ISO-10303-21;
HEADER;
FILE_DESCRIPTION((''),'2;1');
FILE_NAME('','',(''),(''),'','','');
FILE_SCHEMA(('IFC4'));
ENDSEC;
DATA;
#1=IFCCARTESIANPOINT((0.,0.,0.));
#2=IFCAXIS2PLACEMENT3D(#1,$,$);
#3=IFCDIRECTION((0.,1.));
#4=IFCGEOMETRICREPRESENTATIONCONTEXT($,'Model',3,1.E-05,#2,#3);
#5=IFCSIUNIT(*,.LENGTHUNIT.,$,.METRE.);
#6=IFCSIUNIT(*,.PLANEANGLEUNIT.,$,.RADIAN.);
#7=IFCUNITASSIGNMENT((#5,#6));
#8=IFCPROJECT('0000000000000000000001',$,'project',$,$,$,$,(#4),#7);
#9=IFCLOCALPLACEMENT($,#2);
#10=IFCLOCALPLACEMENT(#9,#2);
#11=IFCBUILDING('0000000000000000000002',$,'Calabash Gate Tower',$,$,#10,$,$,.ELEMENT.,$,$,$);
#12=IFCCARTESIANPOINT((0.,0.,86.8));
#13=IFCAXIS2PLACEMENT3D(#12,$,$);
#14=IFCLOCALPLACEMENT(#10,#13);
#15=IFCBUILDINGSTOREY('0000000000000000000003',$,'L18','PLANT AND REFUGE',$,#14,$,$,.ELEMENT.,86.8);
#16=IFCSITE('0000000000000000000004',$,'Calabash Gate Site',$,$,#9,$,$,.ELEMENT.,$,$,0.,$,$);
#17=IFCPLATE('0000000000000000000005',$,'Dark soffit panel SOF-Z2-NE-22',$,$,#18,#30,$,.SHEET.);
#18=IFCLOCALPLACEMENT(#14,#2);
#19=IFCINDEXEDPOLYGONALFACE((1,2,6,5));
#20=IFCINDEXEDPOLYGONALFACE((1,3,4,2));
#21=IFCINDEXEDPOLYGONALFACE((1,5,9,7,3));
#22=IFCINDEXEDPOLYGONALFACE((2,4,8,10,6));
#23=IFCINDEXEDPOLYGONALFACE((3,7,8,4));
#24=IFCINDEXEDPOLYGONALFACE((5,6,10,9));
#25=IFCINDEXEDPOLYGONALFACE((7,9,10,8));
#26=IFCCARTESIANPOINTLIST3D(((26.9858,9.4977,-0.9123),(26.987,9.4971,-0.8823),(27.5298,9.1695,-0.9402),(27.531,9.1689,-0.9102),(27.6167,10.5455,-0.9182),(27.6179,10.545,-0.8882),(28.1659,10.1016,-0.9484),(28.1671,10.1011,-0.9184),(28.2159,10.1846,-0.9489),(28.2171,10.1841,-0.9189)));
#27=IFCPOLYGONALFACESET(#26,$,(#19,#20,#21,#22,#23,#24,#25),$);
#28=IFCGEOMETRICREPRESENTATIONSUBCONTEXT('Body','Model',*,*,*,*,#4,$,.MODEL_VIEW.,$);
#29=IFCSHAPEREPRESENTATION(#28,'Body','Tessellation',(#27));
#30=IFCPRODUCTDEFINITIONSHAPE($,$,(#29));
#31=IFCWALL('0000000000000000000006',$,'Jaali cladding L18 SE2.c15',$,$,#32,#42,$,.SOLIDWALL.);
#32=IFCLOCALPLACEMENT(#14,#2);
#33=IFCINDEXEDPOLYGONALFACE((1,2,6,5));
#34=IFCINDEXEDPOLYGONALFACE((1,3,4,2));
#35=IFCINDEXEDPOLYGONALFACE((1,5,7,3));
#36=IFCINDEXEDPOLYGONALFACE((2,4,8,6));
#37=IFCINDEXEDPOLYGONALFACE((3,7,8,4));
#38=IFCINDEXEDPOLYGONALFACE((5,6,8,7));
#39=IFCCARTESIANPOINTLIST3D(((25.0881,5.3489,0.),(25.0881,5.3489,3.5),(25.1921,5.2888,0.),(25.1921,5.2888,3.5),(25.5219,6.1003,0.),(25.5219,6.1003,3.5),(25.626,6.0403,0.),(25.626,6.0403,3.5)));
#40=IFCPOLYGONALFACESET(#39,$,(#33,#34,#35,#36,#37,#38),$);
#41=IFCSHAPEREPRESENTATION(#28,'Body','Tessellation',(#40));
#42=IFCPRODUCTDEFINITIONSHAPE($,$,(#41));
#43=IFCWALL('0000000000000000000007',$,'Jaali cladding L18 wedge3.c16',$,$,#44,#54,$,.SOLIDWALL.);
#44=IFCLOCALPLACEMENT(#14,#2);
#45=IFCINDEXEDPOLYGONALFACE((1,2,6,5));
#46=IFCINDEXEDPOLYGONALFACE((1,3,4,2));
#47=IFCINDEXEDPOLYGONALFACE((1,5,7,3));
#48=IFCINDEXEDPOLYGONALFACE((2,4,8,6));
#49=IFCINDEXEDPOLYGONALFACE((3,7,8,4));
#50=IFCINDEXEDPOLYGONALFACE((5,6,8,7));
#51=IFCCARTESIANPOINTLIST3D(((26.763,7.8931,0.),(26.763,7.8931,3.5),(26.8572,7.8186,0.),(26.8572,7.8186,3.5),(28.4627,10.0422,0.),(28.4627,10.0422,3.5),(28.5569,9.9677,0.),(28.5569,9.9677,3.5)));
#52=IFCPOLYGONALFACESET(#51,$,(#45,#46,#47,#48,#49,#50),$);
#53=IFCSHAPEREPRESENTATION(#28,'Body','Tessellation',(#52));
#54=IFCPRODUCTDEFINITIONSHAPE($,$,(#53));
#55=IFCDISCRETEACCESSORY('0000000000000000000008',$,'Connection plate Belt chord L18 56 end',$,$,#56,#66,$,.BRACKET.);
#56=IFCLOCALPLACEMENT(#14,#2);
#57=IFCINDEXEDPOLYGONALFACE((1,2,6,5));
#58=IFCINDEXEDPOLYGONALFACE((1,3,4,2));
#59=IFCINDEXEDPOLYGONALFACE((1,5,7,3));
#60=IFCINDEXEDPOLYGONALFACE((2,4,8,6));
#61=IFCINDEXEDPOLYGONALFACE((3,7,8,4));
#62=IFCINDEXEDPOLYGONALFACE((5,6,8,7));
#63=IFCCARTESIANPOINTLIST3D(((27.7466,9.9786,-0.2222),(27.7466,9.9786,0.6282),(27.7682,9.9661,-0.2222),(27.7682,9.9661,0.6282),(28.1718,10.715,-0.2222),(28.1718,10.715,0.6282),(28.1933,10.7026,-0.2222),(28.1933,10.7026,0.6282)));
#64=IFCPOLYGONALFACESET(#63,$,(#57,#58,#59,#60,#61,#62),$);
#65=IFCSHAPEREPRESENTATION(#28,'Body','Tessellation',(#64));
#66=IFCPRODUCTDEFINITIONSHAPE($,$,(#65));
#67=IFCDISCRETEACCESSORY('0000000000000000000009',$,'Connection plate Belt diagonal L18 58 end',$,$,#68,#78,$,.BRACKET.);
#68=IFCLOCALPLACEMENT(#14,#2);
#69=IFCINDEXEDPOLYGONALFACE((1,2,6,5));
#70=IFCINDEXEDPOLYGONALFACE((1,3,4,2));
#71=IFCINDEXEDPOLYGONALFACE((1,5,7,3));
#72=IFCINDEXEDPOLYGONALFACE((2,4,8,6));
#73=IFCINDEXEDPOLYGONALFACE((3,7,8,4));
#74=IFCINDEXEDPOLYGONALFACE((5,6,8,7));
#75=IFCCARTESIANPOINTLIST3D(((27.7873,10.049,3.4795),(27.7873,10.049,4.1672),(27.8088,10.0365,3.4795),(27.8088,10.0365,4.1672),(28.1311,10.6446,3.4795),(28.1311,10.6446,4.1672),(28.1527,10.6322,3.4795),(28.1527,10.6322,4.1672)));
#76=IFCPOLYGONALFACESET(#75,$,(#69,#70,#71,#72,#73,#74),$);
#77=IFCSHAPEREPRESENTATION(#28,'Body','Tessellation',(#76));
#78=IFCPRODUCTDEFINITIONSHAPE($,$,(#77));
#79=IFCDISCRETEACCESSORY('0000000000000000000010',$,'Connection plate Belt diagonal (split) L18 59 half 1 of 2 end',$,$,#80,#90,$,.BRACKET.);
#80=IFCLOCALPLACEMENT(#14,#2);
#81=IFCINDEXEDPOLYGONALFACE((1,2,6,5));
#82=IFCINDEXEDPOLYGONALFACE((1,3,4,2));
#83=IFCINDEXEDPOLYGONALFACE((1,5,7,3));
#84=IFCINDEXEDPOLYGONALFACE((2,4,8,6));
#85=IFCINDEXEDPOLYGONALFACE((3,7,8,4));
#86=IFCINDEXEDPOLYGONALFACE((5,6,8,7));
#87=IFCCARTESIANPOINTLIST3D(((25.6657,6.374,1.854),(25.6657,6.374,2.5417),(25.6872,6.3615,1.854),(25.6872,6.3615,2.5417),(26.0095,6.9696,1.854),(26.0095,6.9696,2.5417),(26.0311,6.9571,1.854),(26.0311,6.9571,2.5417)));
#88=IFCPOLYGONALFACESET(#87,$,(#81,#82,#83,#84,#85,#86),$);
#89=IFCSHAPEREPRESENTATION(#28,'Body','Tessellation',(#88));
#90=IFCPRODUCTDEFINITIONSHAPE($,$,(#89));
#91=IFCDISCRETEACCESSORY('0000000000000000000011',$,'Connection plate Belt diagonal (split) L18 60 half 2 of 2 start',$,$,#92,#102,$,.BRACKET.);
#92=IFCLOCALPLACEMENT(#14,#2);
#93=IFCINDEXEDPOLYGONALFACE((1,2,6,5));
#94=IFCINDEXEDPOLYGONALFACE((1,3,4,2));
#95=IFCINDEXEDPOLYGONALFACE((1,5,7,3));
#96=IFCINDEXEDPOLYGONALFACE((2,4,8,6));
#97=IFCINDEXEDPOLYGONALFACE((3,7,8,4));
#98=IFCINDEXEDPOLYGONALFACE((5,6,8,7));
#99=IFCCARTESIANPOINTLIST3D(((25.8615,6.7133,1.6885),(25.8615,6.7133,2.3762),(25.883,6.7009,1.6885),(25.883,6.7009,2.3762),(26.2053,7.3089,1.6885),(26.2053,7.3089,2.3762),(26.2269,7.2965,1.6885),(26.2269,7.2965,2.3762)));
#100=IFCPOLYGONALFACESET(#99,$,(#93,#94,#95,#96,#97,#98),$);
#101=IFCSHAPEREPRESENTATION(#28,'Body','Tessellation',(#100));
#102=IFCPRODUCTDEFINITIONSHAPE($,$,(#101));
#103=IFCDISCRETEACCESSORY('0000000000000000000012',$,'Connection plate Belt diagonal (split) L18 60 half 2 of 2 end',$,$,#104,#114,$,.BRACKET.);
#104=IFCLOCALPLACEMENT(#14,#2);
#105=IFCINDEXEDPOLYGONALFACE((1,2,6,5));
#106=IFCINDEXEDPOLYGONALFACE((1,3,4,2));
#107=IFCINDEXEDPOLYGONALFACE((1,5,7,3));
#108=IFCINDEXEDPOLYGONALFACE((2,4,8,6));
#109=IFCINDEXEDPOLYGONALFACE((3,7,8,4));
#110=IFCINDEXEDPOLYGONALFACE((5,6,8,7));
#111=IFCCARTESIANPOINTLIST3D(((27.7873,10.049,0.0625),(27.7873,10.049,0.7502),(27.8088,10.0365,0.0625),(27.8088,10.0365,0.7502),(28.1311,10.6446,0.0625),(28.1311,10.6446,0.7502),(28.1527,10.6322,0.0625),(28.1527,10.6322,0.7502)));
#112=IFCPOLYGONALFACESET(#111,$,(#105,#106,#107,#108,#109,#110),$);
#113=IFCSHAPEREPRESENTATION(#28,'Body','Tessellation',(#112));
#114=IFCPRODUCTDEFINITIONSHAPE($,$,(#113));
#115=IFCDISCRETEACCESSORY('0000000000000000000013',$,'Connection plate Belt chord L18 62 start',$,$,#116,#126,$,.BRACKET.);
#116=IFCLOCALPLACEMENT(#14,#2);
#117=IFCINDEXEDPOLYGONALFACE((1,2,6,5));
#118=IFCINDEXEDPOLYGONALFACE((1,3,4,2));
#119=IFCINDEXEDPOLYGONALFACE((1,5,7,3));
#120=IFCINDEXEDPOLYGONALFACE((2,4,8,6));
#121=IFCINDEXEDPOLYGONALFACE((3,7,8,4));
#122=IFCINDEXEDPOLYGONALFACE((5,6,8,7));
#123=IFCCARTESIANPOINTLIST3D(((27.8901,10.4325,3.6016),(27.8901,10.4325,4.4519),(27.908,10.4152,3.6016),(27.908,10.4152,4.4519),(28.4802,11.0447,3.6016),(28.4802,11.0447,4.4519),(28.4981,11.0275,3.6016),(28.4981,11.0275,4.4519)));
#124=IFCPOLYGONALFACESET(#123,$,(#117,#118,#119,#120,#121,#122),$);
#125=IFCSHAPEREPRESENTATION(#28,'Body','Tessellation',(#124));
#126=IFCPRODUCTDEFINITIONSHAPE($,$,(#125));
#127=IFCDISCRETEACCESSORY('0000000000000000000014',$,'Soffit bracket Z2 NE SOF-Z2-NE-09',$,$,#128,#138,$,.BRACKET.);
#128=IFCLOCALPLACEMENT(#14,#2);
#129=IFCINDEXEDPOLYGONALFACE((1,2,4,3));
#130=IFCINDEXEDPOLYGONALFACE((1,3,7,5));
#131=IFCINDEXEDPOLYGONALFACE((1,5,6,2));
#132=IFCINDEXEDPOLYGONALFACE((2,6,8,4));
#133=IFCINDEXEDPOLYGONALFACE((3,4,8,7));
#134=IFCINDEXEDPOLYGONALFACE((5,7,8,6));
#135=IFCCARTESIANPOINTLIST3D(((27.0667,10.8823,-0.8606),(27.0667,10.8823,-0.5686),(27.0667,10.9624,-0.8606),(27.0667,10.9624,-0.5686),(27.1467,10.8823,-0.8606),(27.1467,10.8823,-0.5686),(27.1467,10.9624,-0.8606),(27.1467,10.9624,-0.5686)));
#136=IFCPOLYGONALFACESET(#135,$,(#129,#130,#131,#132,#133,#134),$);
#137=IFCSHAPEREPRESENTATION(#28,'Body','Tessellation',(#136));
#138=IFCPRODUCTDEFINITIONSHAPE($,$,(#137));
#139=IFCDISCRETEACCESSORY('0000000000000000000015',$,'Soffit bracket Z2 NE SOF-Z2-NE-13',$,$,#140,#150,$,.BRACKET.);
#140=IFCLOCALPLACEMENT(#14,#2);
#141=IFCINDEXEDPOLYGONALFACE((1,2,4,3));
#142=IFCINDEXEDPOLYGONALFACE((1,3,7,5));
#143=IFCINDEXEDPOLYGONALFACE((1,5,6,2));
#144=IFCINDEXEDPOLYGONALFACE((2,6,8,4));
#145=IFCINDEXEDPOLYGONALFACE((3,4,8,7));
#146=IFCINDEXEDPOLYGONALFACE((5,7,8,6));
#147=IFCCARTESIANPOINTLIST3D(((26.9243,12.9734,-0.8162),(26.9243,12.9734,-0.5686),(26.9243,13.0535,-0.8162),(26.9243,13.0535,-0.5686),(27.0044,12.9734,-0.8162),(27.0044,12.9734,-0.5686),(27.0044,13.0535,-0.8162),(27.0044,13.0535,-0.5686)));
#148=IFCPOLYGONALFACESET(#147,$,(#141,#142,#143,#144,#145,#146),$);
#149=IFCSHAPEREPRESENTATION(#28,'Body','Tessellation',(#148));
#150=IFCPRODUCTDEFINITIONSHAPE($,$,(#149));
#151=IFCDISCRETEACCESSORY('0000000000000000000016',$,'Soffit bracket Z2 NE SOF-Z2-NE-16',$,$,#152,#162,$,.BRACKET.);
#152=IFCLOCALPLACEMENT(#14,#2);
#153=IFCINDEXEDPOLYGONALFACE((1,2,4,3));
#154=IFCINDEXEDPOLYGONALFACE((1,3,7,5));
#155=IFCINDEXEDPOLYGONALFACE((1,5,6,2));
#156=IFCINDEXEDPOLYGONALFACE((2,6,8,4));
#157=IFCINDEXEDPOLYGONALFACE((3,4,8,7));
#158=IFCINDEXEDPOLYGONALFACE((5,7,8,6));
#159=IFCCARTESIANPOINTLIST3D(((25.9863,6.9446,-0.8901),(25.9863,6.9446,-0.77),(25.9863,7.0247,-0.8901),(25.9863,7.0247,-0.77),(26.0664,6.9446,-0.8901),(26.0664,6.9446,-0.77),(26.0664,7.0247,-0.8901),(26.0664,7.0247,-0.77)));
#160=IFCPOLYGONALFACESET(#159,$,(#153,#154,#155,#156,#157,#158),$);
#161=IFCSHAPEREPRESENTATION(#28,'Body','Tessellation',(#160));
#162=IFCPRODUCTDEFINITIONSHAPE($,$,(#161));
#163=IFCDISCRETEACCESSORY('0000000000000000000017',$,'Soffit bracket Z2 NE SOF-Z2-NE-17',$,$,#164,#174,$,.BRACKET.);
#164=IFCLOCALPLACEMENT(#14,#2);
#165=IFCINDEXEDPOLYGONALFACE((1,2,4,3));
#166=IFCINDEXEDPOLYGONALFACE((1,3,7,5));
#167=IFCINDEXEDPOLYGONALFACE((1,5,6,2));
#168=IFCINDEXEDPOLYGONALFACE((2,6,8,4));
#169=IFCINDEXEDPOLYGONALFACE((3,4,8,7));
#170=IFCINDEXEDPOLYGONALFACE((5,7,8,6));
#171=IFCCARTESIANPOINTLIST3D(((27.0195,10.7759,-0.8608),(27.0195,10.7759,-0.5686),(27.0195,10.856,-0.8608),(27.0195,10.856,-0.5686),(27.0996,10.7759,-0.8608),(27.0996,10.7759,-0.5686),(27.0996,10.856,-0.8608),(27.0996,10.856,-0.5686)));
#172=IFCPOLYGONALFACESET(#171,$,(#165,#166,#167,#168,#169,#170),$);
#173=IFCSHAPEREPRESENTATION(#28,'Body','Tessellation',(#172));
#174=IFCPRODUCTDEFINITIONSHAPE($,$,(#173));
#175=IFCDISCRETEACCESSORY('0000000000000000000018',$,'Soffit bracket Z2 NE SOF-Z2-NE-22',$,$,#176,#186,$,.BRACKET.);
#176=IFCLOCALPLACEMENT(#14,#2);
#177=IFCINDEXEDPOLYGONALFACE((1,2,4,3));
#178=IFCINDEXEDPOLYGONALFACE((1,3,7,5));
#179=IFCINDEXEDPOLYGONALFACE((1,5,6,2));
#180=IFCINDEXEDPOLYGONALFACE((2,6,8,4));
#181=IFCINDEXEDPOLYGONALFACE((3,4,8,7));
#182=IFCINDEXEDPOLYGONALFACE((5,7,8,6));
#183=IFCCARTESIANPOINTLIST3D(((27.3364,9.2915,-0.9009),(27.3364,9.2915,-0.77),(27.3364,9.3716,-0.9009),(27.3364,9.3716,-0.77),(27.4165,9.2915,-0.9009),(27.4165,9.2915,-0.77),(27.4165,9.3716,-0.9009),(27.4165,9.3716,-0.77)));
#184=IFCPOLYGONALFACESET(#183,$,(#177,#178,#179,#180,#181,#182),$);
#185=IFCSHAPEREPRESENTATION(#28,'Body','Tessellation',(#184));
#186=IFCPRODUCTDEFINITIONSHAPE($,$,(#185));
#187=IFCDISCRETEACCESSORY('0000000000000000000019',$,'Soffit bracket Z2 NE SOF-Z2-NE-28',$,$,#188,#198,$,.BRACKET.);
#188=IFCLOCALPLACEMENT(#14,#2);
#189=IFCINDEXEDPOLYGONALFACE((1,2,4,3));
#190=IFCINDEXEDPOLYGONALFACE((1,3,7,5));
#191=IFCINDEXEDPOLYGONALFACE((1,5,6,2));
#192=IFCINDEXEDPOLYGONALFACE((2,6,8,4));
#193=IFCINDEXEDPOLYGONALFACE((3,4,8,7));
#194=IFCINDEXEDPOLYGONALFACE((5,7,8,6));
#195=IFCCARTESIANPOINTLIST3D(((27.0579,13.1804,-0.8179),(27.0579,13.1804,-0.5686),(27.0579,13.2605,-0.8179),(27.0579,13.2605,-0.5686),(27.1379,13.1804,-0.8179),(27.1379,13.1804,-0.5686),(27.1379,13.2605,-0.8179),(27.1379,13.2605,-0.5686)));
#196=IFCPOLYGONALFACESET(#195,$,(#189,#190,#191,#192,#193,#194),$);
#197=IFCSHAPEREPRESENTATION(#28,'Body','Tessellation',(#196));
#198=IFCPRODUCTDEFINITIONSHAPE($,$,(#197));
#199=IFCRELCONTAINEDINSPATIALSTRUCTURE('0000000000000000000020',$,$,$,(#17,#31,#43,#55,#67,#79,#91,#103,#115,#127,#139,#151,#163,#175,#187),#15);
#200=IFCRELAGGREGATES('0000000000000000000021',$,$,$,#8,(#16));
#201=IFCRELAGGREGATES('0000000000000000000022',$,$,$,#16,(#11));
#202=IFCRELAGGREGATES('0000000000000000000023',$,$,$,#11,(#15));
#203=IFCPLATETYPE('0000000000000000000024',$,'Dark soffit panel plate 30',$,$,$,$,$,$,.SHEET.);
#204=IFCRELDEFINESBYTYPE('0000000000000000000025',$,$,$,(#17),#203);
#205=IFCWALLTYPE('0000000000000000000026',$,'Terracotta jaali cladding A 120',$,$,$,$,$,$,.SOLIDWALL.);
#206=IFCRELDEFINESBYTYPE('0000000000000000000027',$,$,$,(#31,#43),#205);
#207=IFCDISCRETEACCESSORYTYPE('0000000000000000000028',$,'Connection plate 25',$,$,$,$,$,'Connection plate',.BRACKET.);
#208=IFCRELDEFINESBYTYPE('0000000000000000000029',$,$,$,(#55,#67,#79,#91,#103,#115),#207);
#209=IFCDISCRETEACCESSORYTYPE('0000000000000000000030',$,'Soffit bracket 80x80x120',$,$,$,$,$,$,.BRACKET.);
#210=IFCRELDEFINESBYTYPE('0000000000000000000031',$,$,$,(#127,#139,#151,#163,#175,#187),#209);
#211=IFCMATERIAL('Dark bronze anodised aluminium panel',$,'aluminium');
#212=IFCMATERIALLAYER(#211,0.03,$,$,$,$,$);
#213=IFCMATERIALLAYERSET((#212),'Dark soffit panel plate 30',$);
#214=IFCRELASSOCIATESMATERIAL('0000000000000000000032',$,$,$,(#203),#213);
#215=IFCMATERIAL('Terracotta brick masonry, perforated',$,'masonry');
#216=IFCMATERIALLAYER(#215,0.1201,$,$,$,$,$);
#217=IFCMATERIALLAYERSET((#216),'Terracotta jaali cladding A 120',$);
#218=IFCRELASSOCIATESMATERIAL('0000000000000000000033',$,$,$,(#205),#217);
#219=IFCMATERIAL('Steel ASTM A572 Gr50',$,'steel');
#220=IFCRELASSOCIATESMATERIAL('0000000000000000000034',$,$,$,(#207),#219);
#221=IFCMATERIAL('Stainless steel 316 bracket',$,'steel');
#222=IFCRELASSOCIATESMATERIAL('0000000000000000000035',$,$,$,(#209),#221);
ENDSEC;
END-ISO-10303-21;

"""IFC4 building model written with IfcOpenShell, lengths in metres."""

from ifc_helpers import new_model, si_unit, direction, frame, frame_2d, origin, origin_2d, place, context, subcontext, project, spatial, polyline, rectangle, outline, extrude, material, layer, layer_set, type_object, element, save


model = new_model("IFC4")

# Units and contexts
model_context = context("Model", 3, precision=1e-05, world=origin(), true_north=direction((0.0, 1.0)))
body_context = subcontext(model_context, "Body", "Model", "MODEL_VIEW")
ifc_project = project(units=[si_unit("LENGTHUNIT", "METRE"), si_unit("PLANEANGLEUNIT", "RADIAN")], contexts=[model_context])

# Site, building, storey
site_placement = place(None, origin())
site = spatial("IfcSite", under=ifc_project, at=site_placement, Name="Calabash Gate Site", CompositionType="ELEMENT", RefElevation=0.0)
building_placement = place(site_placement, origin())
building = spatial("IfcBuilding", under=site, at=building_placement, Name="Calabash Gate Tower", CompositionType="ELEMENT")
storey_placement = place(building_placement, frame((0.0, 0.0, 86.8)))
storey = spatial("IfcBuildingStorey", under=building, at=storey_placement, Name="L18", Description="PLANT AND REFUGE", CompositionType="ELEMENT", Elevation=86.8)

# Plate
ifc_material_1 = material(Name="Dark bronze anodised aluminium panel", Category="aluminium")
ifc_layer_1 = layer(ifc_material_1, 0.03)
ifc_layer_set_1 = layer_set([ifc_layer_1], Name="Dark soffit panel plate 30")
plate_type_1 = type_object("IfcPlateType", Name="Dark soffit panel plate 30", PredefinedType="SHEET", material=ifc_layer_set_1)
plate_1_placement = place(storey_placement, frame((27.531, 9.1689, -0.9102), z_axis=(0.040067, -0.018471, 0.999026), x_axis=(-0.855447, 0.516031, 0.043849)))
element("IfcPlate", 1, at=plate_1_placement, inside=storey, type_object=plate_type_1, Name="Dark soffit panel SOF-Z2-NE-22", PredefinedType="SHEET", context=body_context, shape_type="SweptSolid", body=[
    extrude(outline(polyline([(0.0, 0.0), (0.636, 0.0), (0.6367, -1.2231), (-0.0635, -1.2236), (-0.0635, -1.1267), (0.0, 0.0)])), origin(), (0.0, 0.0, -1.0), 0.03),
])

# Walls
ifc_material_2 = material(Name="Terracotta brick masonry, perforated", Category="masonry")
ifc_layer_2 = layer(ifc_material_2, 0.1201)
ifc_layer_set_2 = layer_set([ifc_layer_2], Name="Terracotta jaali cladding A 120")
wall_type = type_object("IfcWallType", Name="Terracotta jaali cladding A 120", PredefinedType="SOLIDWALL", material=ifc_layer_set_2)
wall_1_placement = place(storey_placement, frame((25.1401, 5.3188, 0.0), z_axis=(0.0, 0.0, 1.0), x_axis=(0.499982, 0.866036, 0.0)))
element("IfcWall", 2, at=wall_1_placement, inside=storey, type_object=wall_type, Name="Jaali cladding L18 SE2.c15", PredefinedType="SOLIDWALL", context=body_context, shape_type="SweptSolid", body=[
    extrude(rectangle(XDim=0.8677, YDim=0.1201, at=frame_2d((0.4338, 0.0))), origin(), (0.0, 0.0, 1.0), 3.5),
])
wall_2_placement = place(storey_placement, frame((26.8101, 7.8557, 0.0), z_axis=(0.0, 0.0, 1.0), x_axis=(0.620317, 0.784351, 0.0)))
element("IfcWall", 3, at=wall_2_placement, inside=storey, type_object=wall_type, Name="Jaali cladding L18 wedge3.c16", PredefinedType="SOLIDWALL", context=body_context, shape_type="SweptSolid", body=[
    extrude(rectangle(XDim=2.74, YDim=0.1201, at=frame_2d((1.3701, 0.0))), origin(), (0.0, 0.0, 1.0), 3.5),
])

# Discrete accessories
ifc_material_3 = material(Name="Steel ASTM A572 Gr50", Category="steel")
discrete_accessory_type_1 = type_object("IfcDiscreteAccessoryType", Name="Connection plate 25", ElementType="Connection plate", PredefinedType="BRACKET", material=ifc_material_3)
discrete_accessory_1_placement = place(storey_placement, frame((27.97, 10.3406, -0.2222), z_axis=(0.0, 0.0, 1.0), x_axis=(0.5, 0.866025, 0.0)))
element("IfcDiscreteAccessory", 4, at=discrete_accessory_1_placement, inside=storey, type_object=discrete_accessory_type_1, Name="Connection plate Belt chord L18 56 end", PredefinedType="BRACKET", context=body_context, shape_type="SweptSolid", body=[
    extrude(rectangle(XDim=0.8503, YDim=0.0249, at=origin_2d()), origin(), (0.0, 0.0, 1.0), 0.8503),
])
for number, where, z_axis, x_axis, name in (
    (5, (27.97, 10.3406, 3.4795), (0.0, 0.0, 1.0), (0.5, 0.866025, 0.0), "Connection plate Belt diagonal L18 58 end"),
    (6, (25.8484, 6.6655, 1.854), (0.0, 0.0, 1.0), (0.5, 0.866025, 0.0), "Connection plate Belt diagonal (split) L18 59 half 1 of 2 end"),
    (7, (26.0442, 7.0049, 1.6885), (0.0, 0.0, 1.0), (0.5, 0.866025, 0.0), "Connection plate Belt diagonal (split) L18 60 half 2 of 2 start"),
    (8, (27.97, 10.3406, 0.0625), (0.0, 0.0, 1.0), (0.5, 0.866025, 0.0), "Connection plate Belt diagonal (split) L18 60 half 2 of 2 end"),
):
    element("IfcDiscreteAccessory", number, at=place(storey_placement, frame(where, z_axis=z_axis, x_axis=x_axis)), inside=storey, type_object=discrete_accessory_type_1, Name=name, PredefinedType="BRACKET", context=body_context, shape_type="SweptSolid", body=[
        extrude(rectangle(XDim=0.6877, YDim=0.0249, at=origin_2d()), origin(), (0.0, 0.0, 1.0), 0.6877),
    ])
discrete_accessory_2_placement = place(storey_placement, frame((28.1941, 10.73, 3.6016), z_axis=(0.0, 0.0, 1.0), x_axis=(0.694001, 0.719974, 0.0)))
element("IfcDiscreteAccessory", 9, at=discrete_accessory_2_placement, inside=storey, type_object=discrete_accessory_type_1, Name="Connection plate Belt chord L18 62 start", PredefinedType="BRACKET", context=body_context, shape_type="SweptSolid", body=[
    extrude(rectangle(XDim=0.8503, YDim=0.0249, at=origin_2d()), origin(), (0.0, 0.0, 1.0), 0.8503),
])
ifc_material_4 = material(Name="Stainless steel 316 bracket", Category="steel")
discrete_accessory_type_2 = type_object("IfcDiscreteAccessoryType", Name="Soffit bracket 80x80x120", PredefinedType="BRACKET", material=ifc_material_4)
discrete_accessory_3_placement = place(storey_placement, frame((27.1067, 10.9224, -0.8606), z_axis=(0.0, 0.0, 1.0), x_axis=(1.0, 0.0, 0.0)))
element("IfcDiscreteAccessory", 10, at=discrete_accessory_3_placement, inside=storey, type_object=discrete_accessory_type_2, Name="Soffit bracket Z2 NE SOF-Z2-NE-09", PredefinedType="BRACKET", context=body_context, shape_type="SweptSolid", body=[
    extrude(rectangle(XDim=0.0801, YDim=0.0801, at=origin_2d()), origin(), (0.0, 0.0, 1.0), 0.292),
])
discrete_accessory_4_placement = place(storey_placement, frame((26.9644, 13.0134, -0.8162), z_axis=(0.0, 0.0, 1.0), x_axis=(1.0, 0.0, 0.0)))
element("IfcDiscreteAccessory", 11, at=discrete_accessory_4_placement, inside=storey, type_object=discrete_accessory_type_2, Name="Soffit bracket Z2 NE SOF-Z2-NE-13", PredefinedType="BRACKET", context=body_context, shape_type="SweptSolid", body=[
    extrude(rectangle(XDim=0.0801, YDim=0.0801, at=origin_2d()), origin(), (0.0, 0.0, 1.0), 0.2476),
])
discrete_accessory_5_placement = place(storey_placement, frame((26.0264, 6.9846, -0.8901), z_axis=(0.0, 0.0, 1.0), x_axis=(1.0, 0.0, 0.0)))
element("IfcDiscreteAccessory", 12, at=discrete_accessory_5_placement, inside=storey, type_object=discrete_accessory_type_2, Name="Soffit bracket Z2 NE SOF-Z2-NE-16", PredefinedType="BRACKET", context=body_context, shape_type="SweptSolid", body=[
    extrude(rectangle(XDim=0.0801, YDim=0.0801, at=origin_2d()), origin(), (0.0, 0.0, 1.0), 0.1201),
])
discrete_accessory_6_placement = place(storey_placement, frame((27.0596, 10.8159, -0.8608), z_axis=(0.0, 0.0, 1.0), x_axis=(1.0, 0.0, 0.0)))
element("IfcDiscreteAccessory", 13, at=discrete_accessory_6_placement, inside=storey, type_object=discrete_accessory_type_2, Name="Soffit bracket Z2 NE SOF-Z2-NE-17", PredefinedType="BRACKET", context=body_context, shape_type="SweptSolid", body=[
    extrude(rectangle(XDim=0.0801, YDim=0.0801, at=origin_2d()), origin(), (0.0, 0.0, 1.0), 0.2922),
])
discrete_accessory_7_placement = place(storey_placement, frame((27.3765, 9.3315, -0.9009), z_axis=(0.0, 0.0, 1.0), x_axis=(1.0, 0.0, 0.0)))
element("IfcDiscreteAccessory", 14, at=discrete_accessory_7_placement, inside=storey, type_object=discrete_accessory_type_2, Name="Soffit bracket Z2 NE SOF-Z2-NE-22", PredefinedType="BRACKET", context=body_context, shape_type="SweptSolid", body=[
    extrude(rectangle(XDim=0.0801, YDim=0.0801, at=origin_2d()), origin(), (0.0, 0.0, 1.0), 0.1309),
])
discrete_accessory_8_placement = place(storey_placement, frame((27.0979, 13.2205, -0.8179), z_axis=(0.0, 0.0, 1.0), x_axis=(1.0, 0.0, 0.0)))
element("IfcDiscreteAccessory", 15, at=discrete_accessory_8_placement, inside=storey, type_object=discrete_accessory_type_2, Name="Soffit bracket Z2 NE SOF-Z2-NE-28", PredefinedType="BRACKET", context=body_context, shape_type="SweptSolid", body=[
    extrude(rectangle(XDim=0.0801, YDim=0.0801, at=origin_2d()), origin(), (0.0, 0.0, 1.0), 0.2493),
])

save(model, "model.ifc")
